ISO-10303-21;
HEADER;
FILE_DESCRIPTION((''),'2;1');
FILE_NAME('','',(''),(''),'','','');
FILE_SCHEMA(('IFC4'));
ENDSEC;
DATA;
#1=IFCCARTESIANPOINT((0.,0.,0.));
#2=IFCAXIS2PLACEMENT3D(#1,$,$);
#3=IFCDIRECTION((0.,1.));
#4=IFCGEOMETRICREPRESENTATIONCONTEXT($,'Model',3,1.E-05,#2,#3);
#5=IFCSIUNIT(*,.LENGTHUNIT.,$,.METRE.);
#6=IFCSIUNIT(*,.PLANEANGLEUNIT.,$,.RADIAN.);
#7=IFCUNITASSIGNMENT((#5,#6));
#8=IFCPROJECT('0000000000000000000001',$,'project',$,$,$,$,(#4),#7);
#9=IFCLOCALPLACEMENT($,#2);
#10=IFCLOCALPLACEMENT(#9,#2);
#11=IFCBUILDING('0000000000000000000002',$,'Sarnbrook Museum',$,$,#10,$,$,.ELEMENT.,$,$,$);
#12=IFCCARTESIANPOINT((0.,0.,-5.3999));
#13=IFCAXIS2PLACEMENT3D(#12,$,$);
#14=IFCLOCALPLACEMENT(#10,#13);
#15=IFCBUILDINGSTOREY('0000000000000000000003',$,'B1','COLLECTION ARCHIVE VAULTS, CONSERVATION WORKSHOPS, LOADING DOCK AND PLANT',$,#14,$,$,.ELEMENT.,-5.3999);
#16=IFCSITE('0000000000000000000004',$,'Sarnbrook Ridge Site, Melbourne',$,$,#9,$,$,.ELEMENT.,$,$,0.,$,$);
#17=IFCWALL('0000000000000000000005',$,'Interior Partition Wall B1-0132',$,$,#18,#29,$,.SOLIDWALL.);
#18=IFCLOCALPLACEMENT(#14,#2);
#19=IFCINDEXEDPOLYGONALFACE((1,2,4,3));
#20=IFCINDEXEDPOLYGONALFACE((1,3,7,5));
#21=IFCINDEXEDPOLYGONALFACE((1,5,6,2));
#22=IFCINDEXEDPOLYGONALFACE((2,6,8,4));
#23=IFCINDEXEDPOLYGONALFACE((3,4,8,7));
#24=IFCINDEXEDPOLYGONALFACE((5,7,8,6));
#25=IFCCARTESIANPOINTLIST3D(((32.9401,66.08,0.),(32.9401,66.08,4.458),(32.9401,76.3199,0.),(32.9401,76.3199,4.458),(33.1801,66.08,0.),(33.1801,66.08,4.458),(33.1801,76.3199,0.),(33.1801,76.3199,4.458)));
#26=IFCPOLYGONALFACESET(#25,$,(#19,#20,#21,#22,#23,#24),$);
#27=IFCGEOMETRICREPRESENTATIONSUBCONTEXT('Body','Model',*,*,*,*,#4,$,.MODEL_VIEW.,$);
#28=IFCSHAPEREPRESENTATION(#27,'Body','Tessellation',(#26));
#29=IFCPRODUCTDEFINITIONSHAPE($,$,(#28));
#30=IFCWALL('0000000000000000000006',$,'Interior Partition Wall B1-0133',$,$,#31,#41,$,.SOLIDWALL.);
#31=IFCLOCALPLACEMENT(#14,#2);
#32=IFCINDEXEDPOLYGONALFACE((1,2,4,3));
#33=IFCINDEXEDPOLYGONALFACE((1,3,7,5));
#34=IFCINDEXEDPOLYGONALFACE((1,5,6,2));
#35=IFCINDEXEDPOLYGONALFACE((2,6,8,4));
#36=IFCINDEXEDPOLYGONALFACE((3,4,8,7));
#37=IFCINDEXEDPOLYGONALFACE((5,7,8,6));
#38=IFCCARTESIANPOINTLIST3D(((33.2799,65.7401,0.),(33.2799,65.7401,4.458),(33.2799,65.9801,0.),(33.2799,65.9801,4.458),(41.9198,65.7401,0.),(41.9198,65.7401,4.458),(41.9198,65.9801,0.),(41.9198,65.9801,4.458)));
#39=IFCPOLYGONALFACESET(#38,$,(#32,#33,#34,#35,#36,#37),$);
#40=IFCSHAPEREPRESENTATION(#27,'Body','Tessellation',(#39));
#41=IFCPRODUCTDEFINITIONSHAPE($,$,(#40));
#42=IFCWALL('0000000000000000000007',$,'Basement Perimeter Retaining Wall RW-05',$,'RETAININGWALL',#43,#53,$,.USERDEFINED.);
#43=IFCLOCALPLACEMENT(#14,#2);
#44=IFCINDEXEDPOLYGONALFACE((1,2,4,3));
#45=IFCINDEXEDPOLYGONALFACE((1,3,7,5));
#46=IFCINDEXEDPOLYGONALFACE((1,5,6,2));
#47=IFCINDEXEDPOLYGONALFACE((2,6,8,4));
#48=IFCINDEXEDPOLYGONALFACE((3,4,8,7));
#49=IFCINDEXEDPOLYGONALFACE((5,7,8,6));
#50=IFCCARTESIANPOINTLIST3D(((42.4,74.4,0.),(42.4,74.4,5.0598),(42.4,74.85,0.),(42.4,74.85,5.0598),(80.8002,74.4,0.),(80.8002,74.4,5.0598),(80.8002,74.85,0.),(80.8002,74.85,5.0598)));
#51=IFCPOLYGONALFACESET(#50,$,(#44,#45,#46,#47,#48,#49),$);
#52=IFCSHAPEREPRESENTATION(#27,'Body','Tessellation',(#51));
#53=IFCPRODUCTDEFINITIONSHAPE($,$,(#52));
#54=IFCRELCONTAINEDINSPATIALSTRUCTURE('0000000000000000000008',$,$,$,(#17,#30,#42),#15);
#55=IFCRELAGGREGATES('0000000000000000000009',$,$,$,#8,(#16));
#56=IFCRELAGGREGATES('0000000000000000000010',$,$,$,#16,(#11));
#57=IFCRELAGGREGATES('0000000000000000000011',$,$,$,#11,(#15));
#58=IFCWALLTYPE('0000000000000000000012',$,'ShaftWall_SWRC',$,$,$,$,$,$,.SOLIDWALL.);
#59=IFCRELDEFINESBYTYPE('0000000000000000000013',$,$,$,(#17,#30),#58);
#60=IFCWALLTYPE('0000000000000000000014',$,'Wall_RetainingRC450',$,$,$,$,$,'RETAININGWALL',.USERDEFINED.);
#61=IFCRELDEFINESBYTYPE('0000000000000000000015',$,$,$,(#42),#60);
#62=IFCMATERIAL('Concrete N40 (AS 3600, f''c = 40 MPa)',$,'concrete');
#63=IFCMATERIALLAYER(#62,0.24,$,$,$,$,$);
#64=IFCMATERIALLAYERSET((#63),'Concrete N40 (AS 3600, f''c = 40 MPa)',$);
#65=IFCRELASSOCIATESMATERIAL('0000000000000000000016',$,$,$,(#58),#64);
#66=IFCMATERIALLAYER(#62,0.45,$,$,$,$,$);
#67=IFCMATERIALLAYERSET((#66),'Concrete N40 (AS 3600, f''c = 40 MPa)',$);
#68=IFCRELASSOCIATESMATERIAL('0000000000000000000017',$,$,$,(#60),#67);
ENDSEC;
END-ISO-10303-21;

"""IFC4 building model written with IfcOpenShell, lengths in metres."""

from ifc_helpers import new_model, si_unit, direction, frame, frame_2d, origin, place, context, subcontext, project, spatial, rectangle, extrude, material, layer, layer_set, type_object, element, save


model = new_model("IFC4")

# Units and contexts
model_context = context("Model", 3, precision=1e-05, world=origin(), true_north=direction((0.0, 1.0)))
body_context = subcontext(model_context, "Body", "Model", "MODEL_VIEW")
ifc_project = project(units=[si_unit("LENGTHUNIT", "METRE"), si_unit("PLANEANGLEUNIT", "RADIAN")], contexts=[model_context])

# Site, building, storey
site_placement = place(None, origin())
site = spatial("IfcSite", under=ifc_project, at=site_placement, Name="Sarnbrook Ridge Site, Melbourne", CompositionType="ELEMENT", RefElevation=0.0)
building_placement = place(site_placement, origin())
building = spatial("IfcBuilding", under=site, at=building_placement, Name="Sarnbrook Museum", CompositionType="ELEMENT")
storey_placement = place(building_placement, frame((0.0, 0.0, -5.3999)))
storey = spatial("IfcBuildingStorey", under=building, at=storey_placement, Name="B1", Description="COLLECTION ARCHIVE VAULTS, CONSERVATION WORKSHOPS, LOADING DOCK AND PLANT", CompositionType="ELEMENT", Elevation=-5.3999)

# Shared definitions
ifc_material_1 = material(Name="Concrete N40 (AS 3600, f'c = 40 MPa)", Category="concrete")

# Shared definitions
ifc_layer_1 = layer(ifc_material_1, 0.24)
ifc_layer_set_1 = layer_set([ifc_layer_1], Name="Concrete N40 (AS 3600, f'c = 40 MPa)")
wall_type_1 = type_object("IfcWallType", Name="ShaftWall_SWRC", PredefinedType="SOLIDWALL", material=ifc_layer_set_1)

# Walls
wall_1_placement = place(storey_placement, frame((33.0601, 76.3201, 0.0), z_axis=(0.0, 0.0, 1.0), x_axis=(0.0, -1.0, 0.0)))
element("IfcWall", 1, at=wall_1_placement, inside=storey, type_object=wall_type_1, Name="Interior Partition Wall B1-0132", PredefinedType="SOLIDWALL", context=body_context, shape_type="SweptSolid", body=[
    extrude(rectangle(XDim=10.24, YDim=0.24, at=frame_2d((5.1201, 0.0))), origin(), (0.0, 0.0, 1.0), 4.458),
])
wall_2_placement = place(storey_placement, frame((33.28, 65.8601, 0.0), z_axis=(0.0, 0.0, 1.0), x_axis=(1.0, 0.0, 0.0)))
element("IfcWall", 2, at=wall_2_placement, inside=storey, type_object=wall_type_1, Name="Interior Partition Wall B1-0133", PredefinedType="SOLIDWALL", context=body_context, shape_type="SweptSolid", body=[
    extrude(rectangle(XDim=8.6399, YDim=0.24, at=frame_2d((4.3198, 0.0))), origin(), (0.0, 0.0, 1.0), 4.458),
])
ifc_layer_2 = layer(ifc_material_1, 0.45)
ifc_layer_set_2 = layer_set([ifc_layer_2], Name="Concrete N40 (AS 3600, f'c = 40 MPa)")
wall_type_2 = type_object("IfcWallType", Name="Wall_RetainingRC450", ElementType="RETAININGWALL", PredefinedType="USERDEFINED", material=ifc_layer_set_2)
wall_3_placement = place(storey_placement, frame((42.3999, 74.625, 0.0), z_axis=(0.0, 0.0, 1.0), x_axis=(1.0, 0.0, 0.0)))
element("IfcWall", 3, at=wall_3_placement, inside=storey, type_object=wall_type_2, Name="Basement Perimeter Retaining Wall RW-05", ObjectType="RETAININGWALL", PredefinedType="USERDEFINED", context=body_context, shape_type="SweptSolid", body=[
    extrude(rectangle(XDim=38.4001, YDim=0.45, at=frame_2d((19.2002, 0.0))), origin(), (0.0, 0.0, 1.0), 5.0598),
])

save(model, "model.ifc")
